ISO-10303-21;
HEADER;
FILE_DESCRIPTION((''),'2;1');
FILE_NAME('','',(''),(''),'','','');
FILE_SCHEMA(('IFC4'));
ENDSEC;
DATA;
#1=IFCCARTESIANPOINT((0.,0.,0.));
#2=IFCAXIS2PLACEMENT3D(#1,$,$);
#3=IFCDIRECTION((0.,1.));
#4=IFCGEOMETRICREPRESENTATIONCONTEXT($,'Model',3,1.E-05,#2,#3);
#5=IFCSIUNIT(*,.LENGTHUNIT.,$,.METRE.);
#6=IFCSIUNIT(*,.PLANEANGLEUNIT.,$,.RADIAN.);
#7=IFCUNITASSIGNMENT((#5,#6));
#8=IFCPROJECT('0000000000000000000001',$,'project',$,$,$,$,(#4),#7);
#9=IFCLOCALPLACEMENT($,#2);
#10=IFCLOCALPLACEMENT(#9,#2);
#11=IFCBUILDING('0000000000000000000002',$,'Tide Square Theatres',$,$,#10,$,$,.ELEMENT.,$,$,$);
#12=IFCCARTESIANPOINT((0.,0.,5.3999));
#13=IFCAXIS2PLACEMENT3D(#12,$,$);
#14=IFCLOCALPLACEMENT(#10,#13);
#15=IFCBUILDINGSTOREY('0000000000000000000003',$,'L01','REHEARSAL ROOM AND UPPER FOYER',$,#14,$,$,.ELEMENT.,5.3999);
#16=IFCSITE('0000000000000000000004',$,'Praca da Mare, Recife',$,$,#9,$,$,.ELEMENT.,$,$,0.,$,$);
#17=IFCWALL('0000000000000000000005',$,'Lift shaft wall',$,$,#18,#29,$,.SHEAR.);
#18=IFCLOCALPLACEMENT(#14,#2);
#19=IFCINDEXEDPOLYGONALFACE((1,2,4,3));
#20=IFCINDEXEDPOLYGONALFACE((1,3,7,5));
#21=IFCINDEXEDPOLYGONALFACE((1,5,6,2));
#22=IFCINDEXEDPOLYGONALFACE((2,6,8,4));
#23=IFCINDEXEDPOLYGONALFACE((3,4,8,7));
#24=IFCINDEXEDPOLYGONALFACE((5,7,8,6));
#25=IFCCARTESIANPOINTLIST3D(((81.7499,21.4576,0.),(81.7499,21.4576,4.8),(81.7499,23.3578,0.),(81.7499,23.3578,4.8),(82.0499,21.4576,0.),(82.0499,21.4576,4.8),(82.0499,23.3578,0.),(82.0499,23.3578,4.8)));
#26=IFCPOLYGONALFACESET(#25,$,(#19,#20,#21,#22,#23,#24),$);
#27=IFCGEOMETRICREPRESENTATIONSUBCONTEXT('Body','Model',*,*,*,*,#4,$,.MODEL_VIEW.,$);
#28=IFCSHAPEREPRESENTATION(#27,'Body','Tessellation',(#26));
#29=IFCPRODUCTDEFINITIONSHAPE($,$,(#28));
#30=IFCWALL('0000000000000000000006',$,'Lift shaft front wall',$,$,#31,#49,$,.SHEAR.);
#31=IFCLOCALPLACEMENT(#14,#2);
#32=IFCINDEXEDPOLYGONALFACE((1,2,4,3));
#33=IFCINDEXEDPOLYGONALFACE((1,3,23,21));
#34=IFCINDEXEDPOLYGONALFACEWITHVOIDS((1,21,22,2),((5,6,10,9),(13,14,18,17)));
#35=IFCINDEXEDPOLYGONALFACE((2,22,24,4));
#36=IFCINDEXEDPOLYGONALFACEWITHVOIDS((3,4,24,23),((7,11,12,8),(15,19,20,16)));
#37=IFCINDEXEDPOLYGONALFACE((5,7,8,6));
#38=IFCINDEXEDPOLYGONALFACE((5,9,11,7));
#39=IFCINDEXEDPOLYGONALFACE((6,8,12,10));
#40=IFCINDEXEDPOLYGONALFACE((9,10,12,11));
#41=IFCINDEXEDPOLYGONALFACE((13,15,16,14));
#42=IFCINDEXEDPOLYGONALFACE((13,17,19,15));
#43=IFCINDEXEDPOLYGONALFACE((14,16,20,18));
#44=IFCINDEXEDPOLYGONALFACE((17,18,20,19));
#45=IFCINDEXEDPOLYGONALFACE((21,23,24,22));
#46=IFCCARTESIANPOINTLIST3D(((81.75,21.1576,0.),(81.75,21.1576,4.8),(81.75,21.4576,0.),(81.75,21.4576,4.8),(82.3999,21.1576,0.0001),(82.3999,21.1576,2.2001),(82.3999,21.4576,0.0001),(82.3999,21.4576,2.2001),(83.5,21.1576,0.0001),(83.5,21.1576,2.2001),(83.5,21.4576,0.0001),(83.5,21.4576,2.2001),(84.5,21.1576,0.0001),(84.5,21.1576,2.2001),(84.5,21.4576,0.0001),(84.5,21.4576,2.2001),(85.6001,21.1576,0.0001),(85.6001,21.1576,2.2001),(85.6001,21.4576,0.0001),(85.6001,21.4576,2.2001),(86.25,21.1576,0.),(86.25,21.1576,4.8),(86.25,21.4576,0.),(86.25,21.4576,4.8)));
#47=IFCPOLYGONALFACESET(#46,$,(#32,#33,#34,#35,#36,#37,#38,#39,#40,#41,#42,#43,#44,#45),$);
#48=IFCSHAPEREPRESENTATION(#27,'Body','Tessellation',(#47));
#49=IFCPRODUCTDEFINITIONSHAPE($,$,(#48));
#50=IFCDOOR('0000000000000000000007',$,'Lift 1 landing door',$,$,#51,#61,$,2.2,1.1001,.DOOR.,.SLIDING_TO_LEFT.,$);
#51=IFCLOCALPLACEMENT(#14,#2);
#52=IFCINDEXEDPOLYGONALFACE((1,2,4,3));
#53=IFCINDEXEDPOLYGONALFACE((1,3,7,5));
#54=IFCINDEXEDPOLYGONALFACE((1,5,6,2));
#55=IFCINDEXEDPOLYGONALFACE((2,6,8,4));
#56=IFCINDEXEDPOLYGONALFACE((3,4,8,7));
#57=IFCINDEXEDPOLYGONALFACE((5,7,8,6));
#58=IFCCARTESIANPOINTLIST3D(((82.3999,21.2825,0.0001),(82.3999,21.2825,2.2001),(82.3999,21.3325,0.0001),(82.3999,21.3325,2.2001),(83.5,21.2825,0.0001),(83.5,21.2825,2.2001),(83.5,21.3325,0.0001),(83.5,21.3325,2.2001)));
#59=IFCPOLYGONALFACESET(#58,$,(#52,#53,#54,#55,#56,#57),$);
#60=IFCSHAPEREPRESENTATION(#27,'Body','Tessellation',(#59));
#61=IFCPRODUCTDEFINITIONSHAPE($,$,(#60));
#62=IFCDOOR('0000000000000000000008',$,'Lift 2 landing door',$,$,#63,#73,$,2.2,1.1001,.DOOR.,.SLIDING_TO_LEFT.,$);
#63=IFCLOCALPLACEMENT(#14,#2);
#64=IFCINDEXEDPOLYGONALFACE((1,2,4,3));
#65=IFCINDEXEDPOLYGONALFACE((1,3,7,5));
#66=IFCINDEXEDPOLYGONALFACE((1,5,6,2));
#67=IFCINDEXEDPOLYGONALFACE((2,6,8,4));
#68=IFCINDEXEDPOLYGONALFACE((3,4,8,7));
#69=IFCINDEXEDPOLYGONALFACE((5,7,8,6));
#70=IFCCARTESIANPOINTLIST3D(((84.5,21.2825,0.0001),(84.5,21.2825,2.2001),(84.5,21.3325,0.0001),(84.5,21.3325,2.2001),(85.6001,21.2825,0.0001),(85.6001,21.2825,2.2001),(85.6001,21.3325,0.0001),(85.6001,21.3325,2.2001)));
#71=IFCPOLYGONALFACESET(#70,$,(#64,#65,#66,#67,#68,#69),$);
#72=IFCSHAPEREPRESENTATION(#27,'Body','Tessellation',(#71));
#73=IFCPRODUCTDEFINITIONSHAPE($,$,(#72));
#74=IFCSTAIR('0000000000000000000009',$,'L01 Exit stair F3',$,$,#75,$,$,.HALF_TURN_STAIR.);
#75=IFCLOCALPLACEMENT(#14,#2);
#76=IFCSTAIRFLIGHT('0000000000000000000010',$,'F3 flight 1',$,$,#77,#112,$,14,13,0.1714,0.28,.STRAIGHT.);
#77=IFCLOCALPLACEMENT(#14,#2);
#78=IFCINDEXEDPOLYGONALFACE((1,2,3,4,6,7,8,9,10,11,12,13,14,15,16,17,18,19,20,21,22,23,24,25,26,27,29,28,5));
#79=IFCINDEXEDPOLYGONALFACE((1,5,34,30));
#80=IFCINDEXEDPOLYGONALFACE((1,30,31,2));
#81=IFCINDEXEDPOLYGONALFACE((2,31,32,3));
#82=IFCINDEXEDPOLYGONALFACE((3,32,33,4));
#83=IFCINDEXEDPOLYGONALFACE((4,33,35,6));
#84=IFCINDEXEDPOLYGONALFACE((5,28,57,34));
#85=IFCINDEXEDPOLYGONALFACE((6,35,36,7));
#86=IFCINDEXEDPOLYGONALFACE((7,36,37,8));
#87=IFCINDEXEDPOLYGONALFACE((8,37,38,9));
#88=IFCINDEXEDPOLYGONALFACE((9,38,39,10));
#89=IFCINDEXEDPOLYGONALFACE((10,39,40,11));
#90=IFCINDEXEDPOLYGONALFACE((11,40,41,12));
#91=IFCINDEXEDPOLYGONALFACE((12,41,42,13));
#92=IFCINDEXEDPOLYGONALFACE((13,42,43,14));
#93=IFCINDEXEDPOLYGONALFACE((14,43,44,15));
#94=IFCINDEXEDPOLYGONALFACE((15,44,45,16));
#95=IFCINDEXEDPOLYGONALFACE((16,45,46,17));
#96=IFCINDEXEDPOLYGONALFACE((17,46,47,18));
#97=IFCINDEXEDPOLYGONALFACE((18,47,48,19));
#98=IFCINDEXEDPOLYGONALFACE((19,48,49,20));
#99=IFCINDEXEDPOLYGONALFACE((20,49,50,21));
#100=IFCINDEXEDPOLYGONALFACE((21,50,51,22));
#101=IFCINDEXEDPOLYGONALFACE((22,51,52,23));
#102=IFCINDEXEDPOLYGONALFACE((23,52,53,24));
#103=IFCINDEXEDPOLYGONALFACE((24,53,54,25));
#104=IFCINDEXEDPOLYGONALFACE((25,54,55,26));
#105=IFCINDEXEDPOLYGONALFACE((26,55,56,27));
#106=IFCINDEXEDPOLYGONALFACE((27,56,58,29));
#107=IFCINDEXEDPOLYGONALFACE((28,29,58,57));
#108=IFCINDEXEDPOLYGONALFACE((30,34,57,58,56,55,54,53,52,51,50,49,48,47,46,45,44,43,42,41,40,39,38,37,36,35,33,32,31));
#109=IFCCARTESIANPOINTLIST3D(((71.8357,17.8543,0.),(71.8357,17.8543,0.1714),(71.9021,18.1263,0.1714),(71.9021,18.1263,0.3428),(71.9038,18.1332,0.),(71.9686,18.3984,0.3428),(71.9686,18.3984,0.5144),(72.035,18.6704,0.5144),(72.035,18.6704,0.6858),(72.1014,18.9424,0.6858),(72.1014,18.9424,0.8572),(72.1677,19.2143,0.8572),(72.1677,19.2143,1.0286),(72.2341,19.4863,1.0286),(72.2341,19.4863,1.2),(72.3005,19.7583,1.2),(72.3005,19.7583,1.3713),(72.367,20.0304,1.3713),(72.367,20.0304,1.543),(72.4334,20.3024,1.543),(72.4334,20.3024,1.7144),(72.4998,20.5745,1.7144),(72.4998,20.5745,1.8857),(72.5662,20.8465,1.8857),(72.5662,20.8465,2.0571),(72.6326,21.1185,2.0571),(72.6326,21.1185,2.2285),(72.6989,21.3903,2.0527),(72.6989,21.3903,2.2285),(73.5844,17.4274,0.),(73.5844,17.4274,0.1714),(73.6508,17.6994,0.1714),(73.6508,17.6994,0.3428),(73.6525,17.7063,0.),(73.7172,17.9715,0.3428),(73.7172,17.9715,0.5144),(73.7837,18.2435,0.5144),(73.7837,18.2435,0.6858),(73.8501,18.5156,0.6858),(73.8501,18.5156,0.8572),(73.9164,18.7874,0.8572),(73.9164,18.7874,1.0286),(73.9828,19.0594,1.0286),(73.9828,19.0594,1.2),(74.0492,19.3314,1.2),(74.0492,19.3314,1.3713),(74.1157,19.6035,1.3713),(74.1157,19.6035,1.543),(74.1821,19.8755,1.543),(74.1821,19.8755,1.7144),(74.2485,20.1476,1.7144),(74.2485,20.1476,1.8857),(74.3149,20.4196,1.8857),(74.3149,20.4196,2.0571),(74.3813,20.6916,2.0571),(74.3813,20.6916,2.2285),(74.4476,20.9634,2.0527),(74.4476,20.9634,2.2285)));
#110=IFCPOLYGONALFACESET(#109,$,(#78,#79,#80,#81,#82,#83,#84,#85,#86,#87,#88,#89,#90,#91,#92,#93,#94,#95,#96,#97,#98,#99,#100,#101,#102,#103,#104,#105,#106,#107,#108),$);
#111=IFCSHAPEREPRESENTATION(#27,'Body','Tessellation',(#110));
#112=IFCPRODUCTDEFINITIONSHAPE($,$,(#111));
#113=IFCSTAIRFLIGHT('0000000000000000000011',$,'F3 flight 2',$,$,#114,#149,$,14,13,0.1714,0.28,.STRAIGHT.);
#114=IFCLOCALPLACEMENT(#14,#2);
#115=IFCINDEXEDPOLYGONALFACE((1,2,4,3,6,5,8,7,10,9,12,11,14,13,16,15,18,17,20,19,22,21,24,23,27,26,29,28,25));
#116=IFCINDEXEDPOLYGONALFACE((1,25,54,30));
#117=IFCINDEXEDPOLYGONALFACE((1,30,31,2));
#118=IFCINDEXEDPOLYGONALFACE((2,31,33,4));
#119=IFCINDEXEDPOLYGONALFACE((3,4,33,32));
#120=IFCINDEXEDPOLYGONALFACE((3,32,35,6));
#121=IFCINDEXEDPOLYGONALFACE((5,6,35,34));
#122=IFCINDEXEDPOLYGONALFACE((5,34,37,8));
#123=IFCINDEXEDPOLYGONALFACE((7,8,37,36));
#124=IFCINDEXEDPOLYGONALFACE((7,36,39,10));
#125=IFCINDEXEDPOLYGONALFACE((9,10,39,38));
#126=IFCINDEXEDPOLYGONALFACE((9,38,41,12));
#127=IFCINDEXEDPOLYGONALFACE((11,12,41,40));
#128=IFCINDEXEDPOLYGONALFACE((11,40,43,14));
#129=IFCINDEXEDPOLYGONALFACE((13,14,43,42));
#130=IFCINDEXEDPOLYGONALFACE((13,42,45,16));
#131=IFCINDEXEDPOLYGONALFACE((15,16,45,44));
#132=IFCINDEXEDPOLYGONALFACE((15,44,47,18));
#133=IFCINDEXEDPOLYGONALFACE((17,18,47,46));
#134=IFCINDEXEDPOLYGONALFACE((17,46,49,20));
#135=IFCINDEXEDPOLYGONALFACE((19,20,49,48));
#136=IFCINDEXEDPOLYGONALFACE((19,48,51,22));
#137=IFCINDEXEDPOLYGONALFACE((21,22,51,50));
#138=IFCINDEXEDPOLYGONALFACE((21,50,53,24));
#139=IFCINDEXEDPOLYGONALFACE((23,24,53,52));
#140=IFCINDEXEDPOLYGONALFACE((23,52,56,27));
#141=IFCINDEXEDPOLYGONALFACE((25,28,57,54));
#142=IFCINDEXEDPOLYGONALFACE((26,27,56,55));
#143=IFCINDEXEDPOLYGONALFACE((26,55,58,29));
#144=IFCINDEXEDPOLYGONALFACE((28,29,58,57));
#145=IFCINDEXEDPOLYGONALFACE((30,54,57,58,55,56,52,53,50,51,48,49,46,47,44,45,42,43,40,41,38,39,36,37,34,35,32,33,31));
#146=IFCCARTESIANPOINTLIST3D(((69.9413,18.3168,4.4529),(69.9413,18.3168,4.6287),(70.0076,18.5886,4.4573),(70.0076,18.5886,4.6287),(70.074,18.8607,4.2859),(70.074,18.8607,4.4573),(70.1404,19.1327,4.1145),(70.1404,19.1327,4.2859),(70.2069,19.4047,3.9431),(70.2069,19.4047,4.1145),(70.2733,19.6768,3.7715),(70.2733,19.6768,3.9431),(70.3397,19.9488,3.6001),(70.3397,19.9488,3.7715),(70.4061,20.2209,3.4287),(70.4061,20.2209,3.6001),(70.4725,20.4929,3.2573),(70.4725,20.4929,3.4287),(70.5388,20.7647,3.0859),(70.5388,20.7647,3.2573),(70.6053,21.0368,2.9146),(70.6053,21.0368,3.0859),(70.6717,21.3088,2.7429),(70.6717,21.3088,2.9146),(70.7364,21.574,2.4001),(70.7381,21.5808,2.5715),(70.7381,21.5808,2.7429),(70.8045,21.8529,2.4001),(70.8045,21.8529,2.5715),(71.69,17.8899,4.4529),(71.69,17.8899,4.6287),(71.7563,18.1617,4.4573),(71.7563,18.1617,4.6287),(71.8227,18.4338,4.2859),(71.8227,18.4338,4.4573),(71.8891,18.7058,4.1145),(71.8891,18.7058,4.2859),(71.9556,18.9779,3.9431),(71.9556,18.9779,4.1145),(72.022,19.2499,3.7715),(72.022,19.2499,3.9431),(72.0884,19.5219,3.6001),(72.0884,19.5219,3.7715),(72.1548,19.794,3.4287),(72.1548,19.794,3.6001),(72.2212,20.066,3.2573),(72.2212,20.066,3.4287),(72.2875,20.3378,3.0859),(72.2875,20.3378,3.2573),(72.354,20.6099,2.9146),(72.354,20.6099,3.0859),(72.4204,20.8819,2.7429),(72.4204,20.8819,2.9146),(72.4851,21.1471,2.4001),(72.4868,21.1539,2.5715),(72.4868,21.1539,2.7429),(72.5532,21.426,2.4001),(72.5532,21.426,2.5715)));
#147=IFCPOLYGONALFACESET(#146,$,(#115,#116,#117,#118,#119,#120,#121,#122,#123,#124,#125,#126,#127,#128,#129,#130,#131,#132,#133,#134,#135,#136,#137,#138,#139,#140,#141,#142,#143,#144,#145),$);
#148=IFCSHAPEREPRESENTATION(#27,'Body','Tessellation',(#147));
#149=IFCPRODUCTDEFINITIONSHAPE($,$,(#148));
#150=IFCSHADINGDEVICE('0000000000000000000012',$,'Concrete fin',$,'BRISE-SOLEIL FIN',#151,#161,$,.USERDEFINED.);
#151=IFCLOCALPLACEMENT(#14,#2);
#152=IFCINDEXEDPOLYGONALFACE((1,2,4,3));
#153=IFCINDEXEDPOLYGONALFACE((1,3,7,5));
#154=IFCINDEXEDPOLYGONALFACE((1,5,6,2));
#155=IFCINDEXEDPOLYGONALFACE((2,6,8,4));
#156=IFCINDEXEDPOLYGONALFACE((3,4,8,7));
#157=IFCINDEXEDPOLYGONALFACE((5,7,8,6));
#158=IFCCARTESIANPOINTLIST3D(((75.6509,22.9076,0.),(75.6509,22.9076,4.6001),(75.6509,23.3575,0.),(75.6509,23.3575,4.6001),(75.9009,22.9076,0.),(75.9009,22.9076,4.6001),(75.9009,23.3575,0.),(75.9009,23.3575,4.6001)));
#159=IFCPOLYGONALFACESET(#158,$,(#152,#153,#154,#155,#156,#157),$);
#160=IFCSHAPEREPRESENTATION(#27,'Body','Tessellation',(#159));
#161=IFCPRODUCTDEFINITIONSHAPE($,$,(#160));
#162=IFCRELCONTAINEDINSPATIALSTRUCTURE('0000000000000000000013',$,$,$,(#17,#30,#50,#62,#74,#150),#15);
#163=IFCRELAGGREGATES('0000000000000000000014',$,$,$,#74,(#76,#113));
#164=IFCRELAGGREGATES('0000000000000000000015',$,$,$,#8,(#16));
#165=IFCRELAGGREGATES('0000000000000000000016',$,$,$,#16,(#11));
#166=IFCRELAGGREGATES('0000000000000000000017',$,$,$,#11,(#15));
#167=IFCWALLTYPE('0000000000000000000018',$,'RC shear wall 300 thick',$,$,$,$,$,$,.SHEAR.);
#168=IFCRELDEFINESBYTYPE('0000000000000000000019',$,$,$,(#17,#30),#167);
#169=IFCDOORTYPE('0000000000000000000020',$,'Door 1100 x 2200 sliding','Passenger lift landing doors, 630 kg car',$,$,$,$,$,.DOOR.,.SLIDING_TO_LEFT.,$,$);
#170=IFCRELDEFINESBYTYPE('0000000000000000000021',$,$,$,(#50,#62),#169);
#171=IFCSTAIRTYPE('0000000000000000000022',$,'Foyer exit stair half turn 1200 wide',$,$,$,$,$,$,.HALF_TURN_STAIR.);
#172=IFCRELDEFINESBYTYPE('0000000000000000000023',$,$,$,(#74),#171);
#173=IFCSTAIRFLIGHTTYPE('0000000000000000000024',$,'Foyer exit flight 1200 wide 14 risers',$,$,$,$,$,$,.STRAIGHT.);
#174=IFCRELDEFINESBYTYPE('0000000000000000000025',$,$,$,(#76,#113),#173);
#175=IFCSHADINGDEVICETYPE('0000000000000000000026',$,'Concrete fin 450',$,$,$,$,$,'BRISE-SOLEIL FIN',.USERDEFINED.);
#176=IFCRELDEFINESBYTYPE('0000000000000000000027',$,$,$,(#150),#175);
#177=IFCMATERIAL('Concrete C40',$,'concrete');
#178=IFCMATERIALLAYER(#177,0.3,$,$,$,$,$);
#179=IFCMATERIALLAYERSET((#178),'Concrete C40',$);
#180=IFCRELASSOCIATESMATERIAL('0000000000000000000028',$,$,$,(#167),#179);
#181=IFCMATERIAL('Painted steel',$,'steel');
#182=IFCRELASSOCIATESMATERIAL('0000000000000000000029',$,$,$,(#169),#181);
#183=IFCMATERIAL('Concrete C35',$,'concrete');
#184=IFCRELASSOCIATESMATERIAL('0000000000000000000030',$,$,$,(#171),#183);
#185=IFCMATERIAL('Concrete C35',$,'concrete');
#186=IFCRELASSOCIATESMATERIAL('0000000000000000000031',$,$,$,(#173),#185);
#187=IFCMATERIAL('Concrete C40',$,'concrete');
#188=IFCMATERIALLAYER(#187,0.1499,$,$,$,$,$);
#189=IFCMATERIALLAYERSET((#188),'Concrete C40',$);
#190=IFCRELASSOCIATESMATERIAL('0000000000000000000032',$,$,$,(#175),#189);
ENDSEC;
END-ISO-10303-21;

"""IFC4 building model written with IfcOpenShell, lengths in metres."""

from ifc_helpers import new_model, si_unit, direction, frame, frame_2d, origin, origin_2d, place, context, subcontext, project, spatial, polyline, rectangle, outline, extrude, material, layer, layer_set, type_object, element, fill, aggregate, save


model = new_model("IFC4")

# Units and contexts
model_context = context("Model", 3, precision=1e-05, world=origin(), true_north=direction((0.0, 1.0)))
body_context = subcontext(model_context, "Body", "Model", "MODEL_VIEW")
ifc_project = project(units=[si_unit("LENGTHUNIT", "METRE"), si_unit("PLANEANGLEUNIT", "RADIAN")], contexts=[model_context])

# Site, building, storey
site_placement = place(None, origin())
site = spatial("IfcSite", under=ifc_project, at=site_placement, Name="Praca da Mare, Recife", CompositionType="ELEMENT", RefElevation=0.0)
building_placement = place(site_placement, origin())
building = spatial("IfcBuilding", under=site, at=building_placement, Name="Tide Square Theatres", CompositionType="ELEMENT")
storey_placement = place(building_placement, frame((0.0, 0.0, 5.3999)))
storey = spatial("IfcBuildingStorey", under=building, at=storey_placement, Name="L01", Description="REHEARSAL ROOM AND UPPER FOYER", CompositionType="ELEMENT", Elevation=5.3999)

# Wall
ifc_material_1 = material(Name="Concrete C40", Category="concrete")
ifc_layer_1 = layer(ifc_material_1, 0.3)
ifc_layer_set_1 = layer_set([ifc_layer_1], Name="Concrete C40")
wall_type_1 = type_object("IfcWallType", Name="RC shear wall 300 thick", PredefinedType="SHEAR", material=ifc_layer_set_1)
wall_1_placement = place(storey_placement, frame((81.8999, 21.4575, 0.0), z_axis=(0.0, 0.0, 1.0), x_axis=(0.0, 1.0, 0.0)))
element("IfcWall", 1, at=wall_1_placement, inside=storey, type_object=wall_type_1, Name="Lift shaft wall", PredefinedType="SHEAR", context=body_context, shape_type="SweptSolid", body=[
    extrude(rectangle(XDim=1.9001, YDim=0.3, at=frame_2d((0.9502, 0.0))), origin(), (0.0, 0.0, 1.0), 4.8),
])

# Wall, openings, doors
wall_2_placement = place(storey_placement, frame((81.75, 21.3076, 0.0), z_axis=(0.0, 0.0, 1.0), x_axis=(1.0, 0.0, 0.0)))
wall_2 = element("IfcWall", 2, at=wall_2_placement, inside=storey, type_object=wall_type_1, Name="Lift shaft front wall", PredefinedType="SHEAR", context=body_context, shape_type="SweptSolid", body=[
    extrude(rectangle(XDim=4.5, YDim=0.3, at=frame_2d((2.25, 0.0))), origin(), (0.0, 0.0, 1.0), 4.8),
])
opening_1_placement = place(wall_2_placement, frame((0.6499, 0.0, 0.0)))
opening_1 = element("IfcOpeningElement", 3, at=opening_1_placement, cuts=wall_2, PredefinedType="OPENING", context=body_context, shape_type="SweptSolid", body=[
    extrude(rectangle(XDim=1.1001, YDim=2.2, at=frame_2d((0.55, 1.1001))), frame((0.0, 0.1599, 0.0), z_axis=(0.0, -1.0, 0.0), x_axis=(1.0, 0.0, 0.0)), (0.0, 0.0, 1.0), 0.3201),
])
opening_2_placement = place(wall_2_placement, frame((2.75, 0.0, 0.0)))
opening_2 = element("IfcOpeningElement", 4, at=opening_2_placement, cuts=wall_2, PredefinedType="OPENING", context=body_context, shape_type="SweptSolid", body=[
    extrude(rectangle(XDim=1.1001, YDim=2.2, at=frame_2d((0.55, 1.1001))), frame((0.0, 0.1599, 0.0), z_axis=(0.0, -1.0, 0.0), x_axis=(1.0, 0.0, 0.0)), (0.0, 0.0, 1.0), 0.3201),
])
ifc_material_2 = material(Name="Painted steel", Category="steel")
door_type_1 = type_object("IfcDoorType", Name="Door 1100 x 2200 sliding", Description="Passenger lift landing doors, 630 kg car", OperationType="SLIDING_TO_LEFT", PredefinedType="DOOR", material=ifc_material_2)
door_1_placement = place(opening_1_placement, origin())
door_1 = element("IfcDoor", 5, at=door_1_placement, inside=storey, type_object=door_type_1, Name="Lift 1 landing door", OperationType="SLIDING_TO_LEFT", OverallHeight=2.2, OverallWidth=1.1001, PredefinedType="DOOR", context=body_context, shape_type="SweptSolid", body=[
    extrude(rectangle(XDim=1.1001, YDim=2.2, at=frame_2d((0.55, 1.1001))), frame((0.0, 0.0249, 0.0), z_axis=(0.0, -1.0, 0.0), x_axis=(1.0, 0.0, 0.0)), (0.0, 0.0, 1.0), 0.05),
])
fill(opening_1, door_1)
door_2_placement = place(opening_2_placement, origin())
door_2 = element("IfcDoor", 6, at=door_2_placement, inside=storey, type_object=door_type_1, Name="Lift 2 landing door", OperationType="SLIDING_TO_LEFT", OverallHeight=2.2, OverallWidth=1.1001, PredefinedType="DOOR", context=body_context, shape_type="SweptSolid", body=[
    extrude(rectangle(XDim=1.1001, YDim=2.2, at=frame_2d((0.55, 1.1001))), frame((0.0, 0.0249, 0.0), z_axis=(0.0, -1.0, 0.0), x_axis=(1.0, 0.0, 0.0)), (0.0, 0.0, 1.0), 0.05),
])
fill(opening_2, door_2)

# Stair, stair flights
ifc_material_3 = material(Name="Concrete C35", Category="concrete")
stair_type = type_object("IfcStairType", Name="Foyer exit stair half turn 1200 wide", PredefinedType="HALF_TURN_STAIR", material=ifc_material_3)
stair_placement = place(storey_placement, origin())
stair = element("IfcStair", 7, at=stair_placement, inside=storey, type_object=stair_type, Name="L01 Exit stair F3", PredefinedType="HALF_TURN_STAIR")
ifc_material_4 = material(Name="Concrete C35", Category="concrete")
stair_flight_type = type_object("IfcStairFlightType", Name="Foyer exit flight 1200 wide 14 risers", PredefinedType="STRAIGHT", material=ifc_material_4)
stair_flight_1_placement = place(storey_placement, frame((72.71, 17.6409, 0.0), z_axis=(0.0, 0.0, 1.0), x_axis=(0.237155, 0.971472, 0.0)))
stair_flight_1 = element("IfcStairFlight", 8, at=stair_flight_1_placement, type_object=stair_flight_type, Name="F3 flight 1", NumberOfRisers=14, NumberOfTreads=13, PredefinedType="STRAIGHT", RiserHeight=0.1714, TreadLength=0.28, context=body_context, shape_type="SweptSolid", body=[
    extrude(outline(polyline([(0.0, 0.0), (0.0, 0.1714), (0.28, 0.1714), (0.28, 0.3428), (0.5601, 0.3428), (0.5601, 0.5144), (0.8401, 0.5144), (0.8401, 0.6858), (1.1201, 0.6858), (1.1201, 0.8572), (1.3999, 0.8572), (1.3999, 1.0286), (1.6799, 1.0286), (1.6799, 1.2), (1.96, 1.2), (1.96, 1.3713), (2.24, 1.3713), (2.24, 1.543), (2.52, 1.543), (2.52, 1.7144), (2.8, 1.7144), (2.8, 1.8857), (3.0801, 1.8857), (3.0801, 2.0571), (3.3601, 2.0571), (3.3601, 2.2285), (3.6399, 2.2285), (3.6399, 2.3999), (3.6399, 2.0527), (0.2871, 0.0), (0.0, 0.0)])), frame((0.0, 0.8999, 0.0), z_axis=(0.0, -1.0, 0.0), x_axis=(1.0, 0.0, 0.0)), (0.0, 0.0, 1.0), 1.8),
])
stair_flight_2_placement = place(storey_placement, frame((71.679, 21.6394, 2.4001), z_axis=(0.0, 0.0, 1.0), x_axis=(-0.237155, -0.971472, 0.0)))
stair_flight_2 = element("IfcStairFlight", 9, at=stair_flight_2_placement, type_object=stair_flight_type, Name="F3 flight 2", NumberOfRisers=14, NumberOfTreads=13, PredefinedType="STRAIGHT", RiserHeight=0.1714, TreadLength=0.28, context=body_context, shape_type="SweptSolid", body=[
    extrude(outline(polyline([(0.0, 0.0), (0.0, 0.1714), (0.28, 0.1714), (0.28, 0.3428), (0.5601, 0.3428), (0.5601, 0.5144), (0.8401, 0.5144), (0.8401, 0.6858), (1.1201, 0.6858), (1.1201, 0.8572), (1.3999, 0.8572), (1.3999, 1.0286), (1.6799, 1.0286), (1.6799, 1.2), (1.96, 1.2), (1.96, 1.3713), (2.24, 1.3713), (2.24, 1.543), (2.52, 1.543), (2.52, 1.7144), (2.8, 1.7144), (2.8, 1.8857), (3.0801, 1.8857), (3.0801, 2.0571), (3.3601, 2.0571), (3.3601, 2.2285), (3.6399, 2.2285), (3.6399, 2.3999), (3.6399, 2.0527), (0.2871, 0.0), (0.0, 0.0)])), frame((0.0, 0.8999, 0.0), z_axis=(0.0, -1.0, 0.0), x_axis=(1.0, 0.0, 0.0)), (0.0, 0.0, 1.0), 1.8),
])
aggregate(stair, [stair_flight_1, stair_flight_2])

# Shading device
ifc_material_5 = material(Name="Concrete C40", Category="concrete")
ifc_layer_2 = layer(ifc_material_5, 0.1499)
ifc_layer_set_2 = layer_set([ifc_layer_2], Name="Concrete C40")
shading_device_type = type_object("IfcShadingDeviceType", Name="Concrete fin 450", ElementType="BRISE-SOLEIL FIN", PredefinedType="USERDEFINED", material=ifc_layer_set_2)
shading_device_placement = place(storey_placement, frame((75.7759, 23.1326, 0.0), z_axis=(0.0, 0.0, 1.0), x_axis=(1.0, 0.0, 0.0)))
element("IfcShadingDevice", 10, at=shading_device_placement, inside=storey, type_object=shading_device_type, Name="Concrete fin", ObjectType="BRISE-SOLEIL FIN", PredefinedType="USERDEFINED", context=body_context, shape_type="SweptSolid", body=[
    extrude(rectangle(XDim=0.25, YDim=0.45, at=origin_2d()), origin(), (0.0, 0.0, 1.0), 4.6001),
])

save(model, "model.ifc")
